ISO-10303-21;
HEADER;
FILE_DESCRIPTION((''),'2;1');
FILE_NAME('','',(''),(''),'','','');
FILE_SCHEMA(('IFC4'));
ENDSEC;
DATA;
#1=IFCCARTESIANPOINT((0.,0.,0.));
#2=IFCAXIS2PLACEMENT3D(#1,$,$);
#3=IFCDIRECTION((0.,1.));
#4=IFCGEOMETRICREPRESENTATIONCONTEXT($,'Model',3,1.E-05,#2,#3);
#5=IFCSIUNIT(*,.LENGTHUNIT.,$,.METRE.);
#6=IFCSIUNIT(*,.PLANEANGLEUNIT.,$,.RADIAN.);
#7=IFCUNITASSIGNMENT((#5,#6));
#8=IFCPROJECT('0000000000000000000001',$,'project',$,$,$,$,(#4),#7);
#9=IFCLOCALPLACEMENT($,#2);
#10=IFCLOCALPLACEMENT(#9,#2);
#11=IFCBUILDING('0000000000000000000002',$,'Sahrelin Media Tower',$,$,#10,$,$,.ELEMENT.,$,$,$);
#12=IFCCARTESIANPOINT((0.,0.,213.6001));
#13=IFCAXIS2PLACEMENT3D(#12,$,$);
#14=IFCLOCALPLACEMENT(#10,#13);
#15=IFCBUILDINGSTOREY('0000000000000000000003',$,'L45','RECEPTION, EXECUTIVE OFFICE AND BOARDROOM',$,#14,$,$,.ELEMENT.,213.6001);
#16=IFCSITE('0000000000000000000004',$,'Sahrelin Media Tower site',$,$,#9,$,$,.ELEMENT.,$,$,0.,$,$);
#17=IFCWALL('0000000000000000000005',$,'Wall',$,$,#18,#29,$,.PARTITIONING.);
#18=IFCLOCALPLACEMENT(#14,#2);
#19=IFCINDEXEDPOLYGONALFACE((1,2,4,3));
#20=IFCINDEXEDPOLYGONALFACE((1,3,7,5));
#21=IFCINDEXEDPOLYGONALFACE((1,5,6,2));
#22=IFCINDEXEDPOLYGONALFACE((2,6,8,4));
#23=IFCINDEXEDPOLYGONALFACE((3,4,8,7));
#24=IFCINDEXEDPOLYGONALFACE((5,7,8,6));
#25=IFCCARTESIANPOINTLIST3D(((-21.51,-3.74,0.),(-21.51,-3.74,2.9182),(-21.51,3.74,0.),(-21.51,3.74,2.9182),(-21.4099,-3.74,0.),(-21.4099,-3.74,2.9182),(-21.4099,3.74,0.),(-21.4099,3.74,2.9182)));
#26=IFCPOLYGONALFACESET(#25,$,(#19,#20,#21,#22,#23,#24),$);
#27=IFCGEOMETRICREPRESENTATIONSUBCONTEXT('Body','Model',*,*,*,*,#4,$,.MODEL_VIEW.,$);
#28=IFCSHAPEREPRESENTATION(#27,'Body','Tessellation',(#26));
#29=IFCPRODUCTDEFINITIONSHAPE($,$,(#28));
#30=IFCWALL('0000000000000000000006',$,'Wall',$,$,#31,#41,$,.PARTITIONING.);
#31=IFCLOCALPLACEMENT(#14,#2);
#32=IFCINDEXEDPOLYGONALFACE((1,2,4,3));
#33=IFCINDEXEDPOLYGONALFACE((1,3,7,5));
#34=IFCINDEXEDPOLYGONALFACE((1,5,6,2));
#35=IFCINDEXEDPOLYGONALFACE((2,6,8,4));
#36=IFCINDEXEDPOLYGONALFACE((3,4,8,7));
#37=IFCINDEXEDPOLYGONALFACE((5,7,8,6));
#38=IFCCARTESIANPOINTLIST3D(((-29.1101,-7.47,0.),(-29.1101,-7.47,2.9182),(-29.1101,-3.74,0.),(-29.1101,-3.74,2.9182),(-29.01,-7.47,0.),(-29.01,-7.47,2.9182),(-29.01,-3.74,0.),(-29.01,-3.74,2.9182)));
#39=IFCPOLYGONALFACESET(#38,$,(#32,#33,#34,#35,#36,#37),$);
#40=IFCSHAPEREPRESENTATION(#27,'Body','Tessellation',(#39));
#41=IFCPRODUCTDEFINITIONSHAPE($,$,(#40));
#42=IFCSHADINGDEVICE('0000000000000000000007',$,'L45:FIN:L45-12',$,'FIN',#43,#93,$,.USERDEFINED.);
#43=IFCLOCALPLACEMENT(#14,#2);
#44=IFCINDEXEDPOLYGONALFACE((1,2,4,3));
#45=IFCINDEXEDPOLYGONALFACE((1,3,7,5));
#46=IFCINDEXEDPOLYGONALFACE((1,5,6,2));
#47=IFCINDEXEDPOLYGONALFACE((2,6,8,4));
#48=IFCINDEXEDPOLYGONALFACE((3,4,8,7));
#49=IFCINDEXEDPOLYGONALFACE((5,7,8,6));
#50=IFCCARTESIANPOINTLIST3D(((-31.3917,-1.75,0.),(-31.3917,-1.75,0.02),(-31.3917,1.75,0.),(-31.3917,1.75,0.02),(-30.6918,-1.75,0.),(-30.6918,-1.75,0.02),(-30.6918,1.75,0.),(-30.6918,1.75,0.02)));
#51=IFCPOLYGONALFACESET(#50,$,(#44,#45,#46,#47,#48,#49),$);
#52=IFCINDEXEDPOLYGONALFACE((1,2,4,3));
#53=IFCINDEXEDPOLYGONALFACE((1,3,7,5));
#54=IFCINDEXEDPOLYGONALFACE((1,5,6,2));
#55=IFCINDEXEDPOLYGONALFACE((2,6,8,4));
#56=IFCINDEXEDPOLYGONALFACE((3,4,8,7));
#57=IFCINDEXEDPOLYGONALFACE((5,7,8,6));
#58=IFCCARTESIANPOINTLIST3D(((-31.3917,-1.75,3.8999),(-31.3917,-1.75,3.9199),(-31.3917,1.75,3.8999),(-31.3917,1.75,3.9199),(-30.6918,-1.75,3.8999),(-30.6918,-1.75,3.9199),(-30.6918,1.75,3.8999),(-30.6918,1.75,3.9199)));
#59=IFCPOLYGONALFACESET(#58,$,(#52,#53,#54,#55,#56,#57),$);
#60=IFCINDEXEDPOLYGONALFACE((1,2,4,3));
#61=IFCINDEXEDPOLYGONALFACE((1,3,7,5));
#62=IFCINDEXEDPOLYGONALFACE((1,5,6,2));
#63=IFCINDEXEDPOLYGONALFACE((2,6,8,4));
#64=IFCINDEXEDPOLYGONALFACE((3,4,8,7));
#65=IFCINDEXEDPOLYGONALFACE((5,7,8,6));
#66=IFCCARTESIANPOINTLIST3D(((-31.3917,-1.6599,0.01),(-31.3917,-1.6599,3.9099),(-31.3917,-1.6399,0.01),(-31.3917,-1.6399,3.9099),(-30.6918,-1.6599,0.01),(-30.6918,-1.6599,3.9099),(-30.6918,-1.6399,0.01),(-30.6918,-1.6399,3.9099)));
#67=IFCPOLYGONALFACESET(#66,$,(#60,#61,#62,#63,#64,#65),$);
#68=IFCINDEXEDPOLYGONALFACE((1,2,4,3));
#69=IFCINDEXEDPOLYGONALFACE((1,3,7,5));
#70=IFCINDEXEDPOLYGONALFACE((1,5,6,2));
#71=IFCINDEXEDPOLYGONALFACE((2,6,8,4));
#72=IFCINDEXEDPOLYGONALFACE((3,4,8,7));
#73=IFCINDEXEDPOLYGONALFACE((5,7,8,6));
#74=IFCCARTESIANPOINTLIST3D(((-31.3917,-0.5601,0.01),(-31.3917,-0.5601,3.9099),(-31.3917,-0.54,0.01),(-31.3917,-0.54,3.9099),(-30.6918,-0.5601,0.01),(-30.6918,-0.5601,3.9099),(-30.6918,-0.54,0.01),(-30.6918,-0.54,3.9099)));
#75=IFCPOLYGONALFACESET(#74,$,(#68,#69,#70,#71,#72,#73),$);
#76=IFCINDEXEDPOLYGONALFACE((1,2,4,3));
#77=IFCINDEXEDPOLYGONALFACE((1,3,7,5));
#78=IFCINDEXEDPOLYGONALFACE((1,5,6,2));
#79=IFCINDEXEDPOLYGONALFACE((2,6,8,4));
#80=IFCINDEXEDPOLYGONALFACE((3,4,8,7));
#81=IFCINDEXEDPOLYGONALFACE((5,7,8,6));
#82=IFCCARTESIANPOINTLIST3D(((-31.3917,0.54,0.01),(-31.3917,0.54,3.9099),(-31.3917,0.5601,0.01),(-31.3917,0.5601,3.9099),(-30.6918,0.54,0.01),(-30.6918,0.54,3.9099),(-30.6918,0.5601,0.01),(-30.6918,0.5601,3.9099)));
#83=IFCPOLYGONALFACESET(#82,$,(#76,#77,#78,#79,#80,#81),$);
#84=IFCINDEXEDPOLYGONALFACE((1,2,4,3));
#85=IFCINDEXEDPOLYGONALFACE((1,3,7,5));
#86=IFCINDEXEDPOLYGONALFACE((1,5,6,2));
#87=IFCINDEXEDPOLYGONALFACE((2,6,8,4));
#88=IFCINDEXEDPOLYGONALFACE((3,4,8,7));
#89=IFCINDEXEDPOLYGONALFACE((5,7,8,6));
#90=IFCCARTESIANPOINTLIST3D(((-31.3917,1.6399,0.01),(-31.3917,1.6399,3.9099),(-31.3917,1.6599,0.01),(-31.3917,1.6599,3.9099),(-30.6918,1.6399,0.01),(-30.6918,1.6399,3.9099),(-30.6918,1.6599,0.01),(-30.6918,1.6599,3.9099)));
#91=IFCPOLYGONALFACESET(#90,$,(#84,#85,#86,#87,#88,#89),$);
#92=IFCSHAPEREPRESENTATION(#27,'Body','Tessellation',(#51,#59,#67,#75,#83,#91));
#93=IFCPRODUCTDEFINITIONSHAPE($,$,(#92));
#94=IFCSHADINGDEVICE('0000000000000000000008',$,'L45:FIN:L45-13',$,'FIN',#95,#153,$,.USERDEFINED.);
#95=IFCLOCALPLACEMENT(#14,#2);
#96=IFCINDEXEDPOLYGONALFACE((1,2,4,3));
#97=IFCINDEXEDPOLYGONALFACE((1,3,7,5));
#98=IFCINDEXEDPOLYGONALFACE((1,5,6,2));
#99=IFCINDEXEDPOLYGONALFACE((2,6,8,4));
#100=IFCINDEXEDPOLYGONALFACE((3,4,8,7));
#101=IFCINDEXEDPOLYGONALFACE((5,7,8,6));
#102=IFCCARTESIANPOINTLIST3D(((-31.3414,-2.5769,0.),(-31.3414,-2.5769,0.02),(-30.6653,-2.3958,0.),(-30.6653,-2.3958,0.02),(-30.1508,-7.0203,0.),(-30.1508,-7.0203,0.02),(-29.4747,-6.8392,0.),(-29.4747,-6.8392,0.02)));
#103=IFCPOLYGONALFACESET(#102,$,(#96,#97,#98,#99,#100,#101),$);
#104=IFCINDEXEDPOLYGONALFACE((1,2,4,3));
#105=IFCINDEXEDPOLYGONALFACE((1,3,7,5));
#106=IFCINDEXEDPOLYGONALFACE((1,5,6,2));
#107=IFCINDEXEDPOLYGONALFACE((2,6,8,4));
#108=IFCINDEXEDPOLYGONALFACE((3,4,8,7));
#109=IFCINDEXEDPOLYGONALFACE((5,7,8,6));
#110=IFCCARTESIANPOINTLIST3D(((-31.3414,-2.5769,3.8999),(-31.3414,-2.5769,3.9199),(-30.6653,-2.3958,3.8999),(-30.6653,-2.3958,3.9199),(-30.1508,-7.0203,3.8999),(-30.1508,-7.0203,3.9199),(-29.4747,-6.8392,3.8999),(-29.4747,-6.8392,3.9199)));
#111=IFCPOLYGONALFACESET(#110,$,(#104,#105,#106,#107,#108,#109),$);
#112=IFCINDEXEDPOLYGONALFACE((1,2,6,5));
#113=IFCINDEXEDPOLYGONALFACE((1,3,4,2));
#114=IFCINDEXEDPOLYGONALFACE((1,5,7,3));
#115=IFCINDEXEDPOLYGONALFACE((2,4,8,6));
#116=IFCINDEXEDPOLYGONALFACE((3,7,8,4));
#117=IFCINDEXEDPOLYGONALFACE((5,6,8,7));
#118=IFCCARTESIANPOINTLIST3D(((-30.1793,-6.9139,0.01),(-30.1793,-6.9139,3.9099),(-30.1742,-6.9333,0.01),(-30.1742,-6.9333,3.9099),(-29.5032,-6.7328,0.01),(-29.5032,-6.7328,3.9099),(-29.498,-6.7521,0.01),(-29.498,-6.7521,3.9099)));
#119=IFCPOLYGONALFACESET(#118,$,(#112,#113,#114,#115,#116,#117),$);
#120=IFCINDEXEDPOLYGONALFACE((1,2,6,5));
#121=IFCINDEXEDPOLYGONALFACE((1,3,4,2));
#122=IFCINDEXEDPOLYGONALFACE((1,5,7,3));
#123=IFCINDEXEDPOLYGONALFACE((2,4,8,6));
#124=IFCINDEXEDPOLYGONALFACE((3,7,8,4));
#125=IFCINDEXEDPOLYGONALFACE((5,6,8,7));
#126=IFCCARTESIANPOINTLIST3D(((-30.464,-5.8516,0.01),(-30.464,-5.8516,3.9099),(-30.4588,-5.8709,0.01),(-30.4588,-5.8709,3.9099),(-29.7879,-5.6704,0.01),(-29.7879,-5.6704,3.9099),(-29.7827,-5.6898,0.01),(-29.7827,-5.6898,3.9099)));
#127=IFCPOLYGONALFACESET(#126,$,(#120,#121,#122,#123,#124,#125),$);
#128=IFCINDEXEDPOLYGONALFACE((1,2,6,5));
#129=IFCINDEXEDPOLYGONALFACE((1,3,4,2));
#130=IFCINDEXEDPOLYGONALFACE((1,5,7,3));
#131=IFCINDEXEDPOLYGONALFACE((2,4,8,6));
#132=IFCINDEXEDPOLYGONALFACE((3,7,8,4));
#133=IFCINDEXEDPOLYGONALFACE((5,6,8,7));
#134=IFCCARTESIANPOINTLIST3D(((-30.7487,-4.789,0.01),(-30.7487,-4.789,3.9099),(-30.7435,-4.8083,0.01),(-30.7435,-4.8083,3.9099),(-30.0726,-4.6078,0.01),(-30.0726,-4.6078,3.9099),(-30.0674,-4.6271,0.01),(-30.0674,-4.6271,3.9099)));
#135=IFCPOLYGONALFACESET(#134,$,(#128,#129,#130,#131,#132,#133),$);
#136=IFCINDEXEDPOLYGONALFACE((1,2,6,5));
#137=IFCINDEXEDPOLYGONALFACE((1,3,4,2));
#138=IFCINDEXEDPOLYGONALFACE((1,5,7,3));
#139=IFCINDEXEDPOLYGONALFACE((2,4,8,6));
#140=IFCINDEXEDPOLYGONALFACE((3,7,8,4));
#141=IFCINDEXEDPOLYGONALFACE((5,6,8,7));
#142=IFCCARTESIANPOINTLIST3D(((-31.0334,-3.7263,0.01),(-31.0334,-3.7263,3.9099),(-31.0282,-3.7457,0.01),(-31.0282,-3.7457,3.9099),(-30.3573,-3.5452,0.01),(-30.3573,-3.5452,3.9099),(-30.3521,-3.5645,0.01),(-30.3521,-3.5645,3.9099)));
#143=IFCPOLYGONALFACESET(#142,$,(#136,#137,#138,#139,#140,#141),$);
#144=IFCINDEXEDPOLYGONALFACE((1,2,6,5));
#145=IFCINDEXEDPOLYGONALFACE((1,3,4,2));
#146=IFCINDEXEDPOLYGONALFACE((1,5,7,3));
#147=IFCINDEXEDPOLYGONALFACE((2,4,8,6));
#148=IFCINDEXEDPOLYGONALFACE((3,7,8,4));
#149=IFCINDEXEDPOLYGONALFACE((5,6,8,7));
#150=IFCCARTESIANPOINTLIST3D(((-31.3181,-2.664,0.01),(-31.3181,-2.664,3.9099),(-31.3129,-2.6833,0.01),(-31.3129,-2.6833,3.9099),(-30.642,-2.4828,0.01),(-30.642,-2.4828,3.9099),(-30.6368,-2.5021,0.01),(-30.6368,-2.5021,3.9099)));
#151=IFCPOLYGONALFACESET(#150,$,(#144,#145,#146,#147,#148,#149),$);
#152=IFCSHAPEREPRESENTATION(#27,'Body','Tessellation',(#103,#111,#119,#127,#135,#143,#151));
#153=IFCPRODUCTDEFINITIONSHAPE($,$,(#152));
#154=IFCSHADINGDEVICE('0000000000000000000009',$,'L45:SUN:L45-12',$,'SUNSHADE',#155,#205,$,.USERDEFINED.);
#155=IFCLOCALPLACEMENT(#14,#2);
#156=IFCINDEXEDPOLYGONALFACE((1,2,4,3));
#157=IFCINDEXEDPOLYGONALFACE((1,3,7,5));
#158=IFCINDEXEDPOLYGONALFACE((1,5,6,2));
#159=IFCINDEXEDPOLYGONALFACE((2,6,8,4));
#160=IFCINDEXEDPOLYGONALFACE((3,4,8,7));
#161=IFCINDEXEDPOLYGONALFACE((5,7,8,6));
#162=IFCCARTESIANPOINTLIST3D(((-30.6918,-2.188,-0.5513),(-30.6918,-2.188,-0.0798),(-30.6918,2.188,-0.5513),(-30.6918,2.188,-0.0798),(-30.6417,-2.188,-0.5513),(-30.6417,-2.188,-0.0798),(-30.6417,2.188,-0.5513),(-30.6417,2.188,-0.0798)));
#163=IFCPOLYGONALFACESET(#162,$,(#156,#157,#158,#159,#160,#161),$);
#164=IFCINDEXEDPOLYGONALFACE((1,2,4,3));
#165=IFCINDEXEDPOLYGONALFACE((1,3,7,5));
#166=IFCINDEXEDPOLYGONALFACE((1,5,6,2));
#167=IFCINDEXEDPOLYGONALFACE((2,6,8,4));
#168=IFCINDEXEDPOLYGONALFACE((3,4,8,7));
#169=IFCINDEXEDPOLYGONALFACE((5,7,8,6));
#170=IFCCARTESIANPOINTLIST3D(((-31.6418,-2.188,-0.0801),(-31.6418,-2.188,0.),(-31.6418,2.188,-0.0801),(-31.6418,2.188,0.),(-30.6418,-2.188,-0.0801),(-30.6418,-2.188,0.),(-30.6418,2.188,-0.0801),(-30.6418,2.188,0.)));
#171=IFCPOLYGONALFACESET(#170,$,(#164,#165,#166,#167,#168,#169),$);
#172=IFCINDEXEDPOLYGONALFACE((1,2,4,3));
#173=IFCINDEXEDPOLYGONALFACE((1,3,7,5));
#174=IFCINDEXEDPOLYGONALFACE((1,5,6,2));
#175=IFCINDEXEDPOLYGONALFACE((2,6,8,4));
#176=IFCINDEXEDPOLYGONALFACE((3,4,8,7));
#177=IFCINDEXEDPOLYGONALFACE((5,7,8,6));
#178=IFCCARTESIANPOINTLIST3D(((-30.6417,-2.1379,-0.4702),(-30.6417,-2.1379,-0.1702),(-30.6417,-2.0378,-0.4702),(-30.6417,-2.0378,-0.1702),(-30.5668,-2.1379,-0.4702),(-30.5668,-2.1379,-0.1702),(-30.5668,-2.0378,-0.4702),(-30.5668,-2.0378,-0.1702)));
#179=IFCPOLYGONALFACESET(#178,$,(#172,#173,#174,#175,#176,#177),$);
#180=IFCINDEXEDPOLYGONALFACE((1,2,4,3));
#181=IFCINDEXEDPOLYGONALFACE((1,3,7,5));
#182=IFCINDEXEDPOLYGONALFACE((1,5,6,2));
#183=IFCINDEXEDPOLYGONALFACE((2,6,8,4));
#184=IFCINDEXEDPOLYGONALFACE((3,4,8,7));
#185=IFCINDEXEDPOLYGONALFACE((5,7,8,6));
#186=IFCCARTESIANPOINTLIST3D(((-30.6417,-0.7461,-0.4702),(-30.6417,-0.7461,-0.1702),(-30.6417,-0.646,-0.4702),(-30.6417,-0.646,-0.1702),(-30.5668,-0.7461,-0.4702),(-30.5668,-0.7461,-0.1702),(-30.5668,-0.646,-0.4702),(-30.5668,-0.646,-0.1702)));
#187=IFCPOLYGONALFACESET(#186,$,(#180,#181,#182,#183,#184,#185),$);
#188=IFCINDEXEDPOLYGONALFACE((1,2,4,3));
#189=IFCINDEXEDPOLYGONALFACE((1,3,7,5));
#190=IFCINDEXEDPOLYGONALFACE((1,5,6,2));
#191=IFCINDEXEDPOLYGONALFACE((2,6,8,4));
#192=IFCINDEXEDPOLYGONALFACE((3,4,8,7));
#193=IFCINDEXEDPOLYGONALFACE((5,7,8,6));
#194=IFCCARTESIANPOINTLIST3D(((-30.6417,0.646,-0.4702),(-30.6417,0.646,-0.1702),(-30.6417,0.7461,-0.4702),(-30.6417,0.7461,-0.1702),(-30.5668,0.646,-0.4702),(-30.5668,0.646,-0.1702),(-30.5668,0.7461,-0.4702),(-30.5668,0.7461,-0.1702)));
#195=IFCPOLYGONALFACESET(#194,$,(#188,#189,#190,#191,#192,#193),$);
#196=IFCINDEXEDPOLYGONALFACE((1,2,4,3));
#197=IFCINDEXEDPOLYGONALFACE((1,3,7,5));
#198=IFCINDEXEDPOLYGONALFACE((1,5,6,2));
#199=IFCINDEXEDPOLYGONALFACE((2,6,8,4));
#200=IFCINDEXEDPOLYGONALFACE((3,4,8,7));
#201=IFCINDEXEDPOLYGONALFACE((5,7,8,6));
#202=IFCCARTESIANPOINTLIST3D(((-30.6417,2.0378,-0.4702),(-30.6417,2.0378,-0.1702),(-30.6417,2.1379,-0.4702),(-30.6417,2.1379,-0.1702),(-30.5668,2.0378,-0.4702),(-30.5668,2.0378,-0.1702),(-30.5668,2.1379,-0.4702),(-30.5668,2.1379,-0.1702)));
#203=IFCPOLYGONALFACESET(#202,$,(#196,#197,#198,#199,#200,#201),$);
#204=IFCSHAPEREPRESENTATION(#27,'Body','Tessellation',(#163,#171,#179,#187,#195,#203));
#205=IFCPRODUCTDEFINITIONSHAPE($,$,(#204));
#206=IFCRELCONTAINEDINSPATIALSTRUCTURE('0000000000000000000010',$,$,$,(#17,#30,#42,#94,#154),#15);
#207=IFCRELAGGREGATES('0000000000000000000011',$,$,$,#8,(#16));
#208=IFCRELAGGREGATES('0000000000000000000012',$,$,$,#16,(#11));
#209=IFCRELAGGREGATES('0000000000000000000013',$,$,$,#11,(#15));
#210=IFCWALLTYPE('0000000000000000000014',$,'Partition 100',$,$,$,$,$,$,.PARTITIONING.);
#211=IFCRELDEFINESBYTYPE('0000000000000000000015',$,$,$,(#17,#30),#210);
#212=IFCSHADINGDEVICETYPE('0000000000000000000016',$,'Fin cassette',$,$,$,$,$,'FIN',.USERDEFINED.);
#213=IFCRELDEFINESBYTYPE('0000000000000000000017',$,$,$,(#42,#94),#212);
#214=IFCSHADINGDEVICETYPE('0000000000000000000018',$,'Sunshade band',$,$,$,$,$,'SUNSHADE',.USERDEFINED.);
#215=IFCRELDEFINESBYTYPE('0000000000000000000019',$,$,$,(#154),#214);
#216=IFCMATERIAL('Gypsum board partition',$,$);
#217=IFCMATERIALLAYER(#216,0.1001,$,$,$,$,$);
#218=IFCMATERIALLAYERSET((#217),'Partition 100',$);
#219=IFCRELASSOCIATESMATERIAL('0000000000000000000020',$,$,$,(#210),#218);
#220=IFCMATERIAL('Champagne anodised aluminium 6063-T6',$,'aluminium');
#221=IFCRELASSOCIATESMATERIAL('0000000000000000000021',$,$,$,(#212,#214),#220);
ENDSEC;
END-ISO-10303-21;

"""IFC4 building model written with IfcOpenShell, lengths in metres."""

from ifc_helpers import new_model, si_unit, direction, frame, frame_2d, origin, origin_2d, place, context, subcontext, project, spatial, rectangle, extrude, material, layer, layer_set, type_object, element, save


model = new_model("IFC4")

# Units and contexts
model_context = context("Model", 3, precision=1e-05, world=origin(), true_north=direction((0.0, 1.0)))
body_context = subcontext(model_context, "Body", "Model", "MODEL_VIEW")
ifc_project = project(units=[si_unit("LENGTHUNIT", "METRE"), si_unit("PLANEANGLEUNIT", "RADIAN")], contexts=[model_context])

# Site, building, storey
site_placement = place(None, origin())
site = spatial("IfcSite", under=ifc_project, at=site_placement, Name="Sahrelin Media Tower site", CompositionType="ELEMENT", RefElevation=0.0)
building_placement = place(site_placement, origin())
building = spatial("IfcBuilding", under=site, at=building_placement, Name="Sahrelin Media Tower", CompositionType="ELEMENT")
storey_placement = place(building_placement, frame((0.0, 0.0, 213.6001)))
storey = spatial("IfcBuildingStorey", under=building, at=storey_placement, Name="L45", Description="RECEPTION, EXECUTIVE OFFICE AND BOARDROOM", CompositionType="ELEMENT", Elevation=213.6001)

# Shared definitions
ifc_material_1 = material(Name="Champagne anodised aluminium 6063-T6", Category="aluminium")

# Shared definitions
ifc_material_2 = material(Name="Gypsum board partition")
ifc_layer_1 = layer(ifc_material_2, 0.1001)
ifc_layer_set_1 = layer_set([ifc_layer_1], Name="Partition 100")
wall_type_1 = type_object("IfcWallType", Name="Partition 100", PredefinedType="PARTITIONING", material=ifc_layer_set_1)

# Walls
wall_1_placement = place(storey_placement, frame((-21.46, -3.74, 0.0), z_axis=(0.0, 0.0, 1.0), x_axis=(0.0, 1.0, 0.0)))
element("IfcWall", 1, at=wall_1_placement, inside=storey, type_object=wall_type_1, Name="Wall", PredefinedType="PARTITIONING", context=body_context, shape_type="SweptSolid", body=[
    extrude(rectangle(XDim=7.48, YDim=0.1001, at=frame_2d((3.74, 0.0))), origin(), (0.0, 0.0, 1.0), 2.9182),
])
wall_2_placement = place(storey_placement, frame((-29.0601, -7.47, 0.0), z_axis=(0.0, 0.0, 1.0), x_axis=(0.0, 1.0, 0.0)))
element("IfcWall", 2, at=wall_2_placement, inside=storey, type_object=wall_type_1, Name="Wall", PredefinedType="PARTITIONING", context=body_context, shape_type="SweptSolid", body=[
    extrude(rectangle(XDim=3.73, YDim=0.1001, at=frame_2d((1.865, 0.0))), origin(), (0.0, 0.0, 1.0), 2.9182),
])

# Shading devices
shading_device_type_1 = type_object("IfcShadingDeviceType", Name="Fin cassette", ElementType="FIN", PredefinedType="USERDEFINED", material=ifc_material_1)
placement_1 = place(storey_placement, frame((-30.6218, 0.0, 0.0), z_axis=(0.0, 0.0, 1.0), x_axis=(0.0, 1.0, 0.0)))
element("IfcShadingDevice", 3, at=placement_1, inside=storey, type_object=shading_device_type_1, Name="L45:FIN:L45-12", ObjectType="FIN", PredefinedType="USERDEFINED", context=body_context, shape_type="SweptSolid", body=[
    extrude(rectangle(XDim=3.5, YDim=0.7, at=origin_2d()), frame((0.0, 0.4199, 0.0)), (0.0, 0.0, 1.0), 0.02),
    extrude(rectangle(XDim=3.5, YDim=0.7, at=origin_2d()), frame((0.0, 0.4199, 3.8999)), (0.0, 0.0, 1.0), 0.02),
    extrude(rectangle(XDim=0.02, YDim=0.7, at=origin_2d()), frame((-1.6499, 0.4199, 0.01), z_axis=(0.0, 0.0, 1.0), x_axis=(1.0, 0.0, 0.0)), (0.0, 0.0, 1.0), 3.8999),
    extrude(rectangle(XDim=0.02, YDim=0.7, at=origin_2d()), frame((-0.55, 0.4199, 0.01), z_axis=(0.0, 0.0, 1.0), x_axis=(1.0, 0.0, 0.0)), (0.0, 0.0, 1.0), 3.8999),
    extrude(rectangle(XDim=0.02, YDim=0.7, at=origin_2d()), frame((0.55, 0.4199, 0.01), z_axis=(0.0, 0.0, 1.0), x_axis=(1.0, 0.0, 0.0)), (0.0, 0.0, 1.0), 3.8999),
    extrude(rectangle(XDim=0.02, YDim=0.7, at=origin_2d()), frame((1.6499, 0.4199, 0.01), z_axis=(0.0, 0.0, 1.0), x_axis=(1.0, 0.0, 0.0)), (0.0, 0.0, 1.0), 3.8999),
])
placement_2 = place(storey_placement, frame((-30.0024, -4.5994, 0.0), z_axis=(0.0, 0.0, 1.0), x_axis=(-0.258808, 0.965929, 0.0)))
element("IfcShadingDevice", 4, at=placement_2, inside=storey, type_object=shading_device_type_1, Name="L45:FIN:L45-13", ObjectType="FIN", PredefinedType="USERDEFINED", context=body_context, shape_type="SweptSolid", body=[
    extrude(rectangle(XDim=4.6001, YDim=0.7, at=origin_2d()), frame((0.0, 0.4199, 0.0)), (0.0, 0.0, 1.0), 0.02),
    extrude(rectangle(XDim=4.6001, YDim=0.7, at=origin_2d()), frame((0.0, 0.4199, 3.8999)), (0.0, 0.0, 1.0), 0.02),
    extrude(rectangle(XDim=0.02, YDim=0.7, at=origin_2d()), frame((-2.2, 0.4199, 0.01), z_axis=(0.0, 0.0, 1.0), x_axis=(1.0, 0.0, 0.0)), (0.0, 0.0, 1.0), 3.8999),
    extrude(rectangle(XDim=0.02, YDim=0.7, at=origin_2d()), frame((-1.1001, 0.4199, 0.01), z_axis=(0.0, 0.0, 1.0), x_axis=(1.0, 0.0, 0.0)), (0.0, 0.0, 1.0), 3.8999),
    extrude(rectangle(XDim=0.02, YDim=0.7, at=origin_2d()), frame((0.0, 0.4199, 0.01), z_axis=(0.0, 0.0, 1.0), x_axis=(1.0, 0.0, 0.0)), (0.0, 0.0, 1.0), 3.8999),
    extrude(rectangle(XDim=0.02, YDim=0.7, at=origin_2d()), frame((1.1001, 0.4199, 0.01), z_axis=(0.0, 0.0, 1.0), x_axis=(1.0, 0.0, 0.0)), (0.0, 0.0, 1.0), 3.8999),
    extrude(rectangle(XDim=0.02, YDim=0.7, at=origin_2d()), frame((2.2, 0.4199, 0.01), z_axis=(0.0, 0.0, 1.0), x_axis=(1.0, 0.0, 0.0)), (0.0, 0.0, 1.0), 3.8999),
])
shading_device_type_2 = type_object("IfcShadingDeviceType", Name="Sunshade band", ElementType="SUNSHADE", PredefinedType="USERDEFINED", material=ifc_material_1)
element("IfcShadingDevice", 5, at=placement_1, inside=storey, type_object=shading_device_type_2, Name="L45:SUN:L45-12", ObjectType="SUNSHADE", PredefinedType="USERDEFINED", context=body_context, shape_type="SweptSolid", body=[
    extrude(rectangle(XDim=4.376, YDim=0.05, at=origin_2d()), frame((0.0, 0.0449, -0.5513)), (0.0, 0.0, 1.0), 0.4714),
    extrude(rectangle(XDim=4.376, YDim=1.0, at=origin_2d()), frame((0.0, 0.52, -0.0801)), (0.0, 0.0, 1.0), 0.0801),
    extrude(rectangle(XDim=0.1001, YDim=0.075, at=origin_2d()), frame((-2.0879, -0.0176, -0.4702)), (0.0, 0.0, 1.0), 0.3),
    extrude(rectangle(XDim=0.1001, YDim=0.075, at=origin_2d()), frame((-0.696, -0.0176, -0.4702)), (0.0, 0.0, 1.0), 0.3),
    extrude(rectangle(XDim=0.1001, YDim=0.075, at=origin_2d()), frame((0.696, -0.0176, -0.4702)), (0.0, 0.0, 1.0), 0.3),
    extrude(rectangle(XDim=0.1001, YDim=0.075, at=origin_2d()), frame((2.0879, -0.0176, -0.4702)), (0.0, 0.0, 1.0), 0.3),
])

save(model, "model.ifc")
